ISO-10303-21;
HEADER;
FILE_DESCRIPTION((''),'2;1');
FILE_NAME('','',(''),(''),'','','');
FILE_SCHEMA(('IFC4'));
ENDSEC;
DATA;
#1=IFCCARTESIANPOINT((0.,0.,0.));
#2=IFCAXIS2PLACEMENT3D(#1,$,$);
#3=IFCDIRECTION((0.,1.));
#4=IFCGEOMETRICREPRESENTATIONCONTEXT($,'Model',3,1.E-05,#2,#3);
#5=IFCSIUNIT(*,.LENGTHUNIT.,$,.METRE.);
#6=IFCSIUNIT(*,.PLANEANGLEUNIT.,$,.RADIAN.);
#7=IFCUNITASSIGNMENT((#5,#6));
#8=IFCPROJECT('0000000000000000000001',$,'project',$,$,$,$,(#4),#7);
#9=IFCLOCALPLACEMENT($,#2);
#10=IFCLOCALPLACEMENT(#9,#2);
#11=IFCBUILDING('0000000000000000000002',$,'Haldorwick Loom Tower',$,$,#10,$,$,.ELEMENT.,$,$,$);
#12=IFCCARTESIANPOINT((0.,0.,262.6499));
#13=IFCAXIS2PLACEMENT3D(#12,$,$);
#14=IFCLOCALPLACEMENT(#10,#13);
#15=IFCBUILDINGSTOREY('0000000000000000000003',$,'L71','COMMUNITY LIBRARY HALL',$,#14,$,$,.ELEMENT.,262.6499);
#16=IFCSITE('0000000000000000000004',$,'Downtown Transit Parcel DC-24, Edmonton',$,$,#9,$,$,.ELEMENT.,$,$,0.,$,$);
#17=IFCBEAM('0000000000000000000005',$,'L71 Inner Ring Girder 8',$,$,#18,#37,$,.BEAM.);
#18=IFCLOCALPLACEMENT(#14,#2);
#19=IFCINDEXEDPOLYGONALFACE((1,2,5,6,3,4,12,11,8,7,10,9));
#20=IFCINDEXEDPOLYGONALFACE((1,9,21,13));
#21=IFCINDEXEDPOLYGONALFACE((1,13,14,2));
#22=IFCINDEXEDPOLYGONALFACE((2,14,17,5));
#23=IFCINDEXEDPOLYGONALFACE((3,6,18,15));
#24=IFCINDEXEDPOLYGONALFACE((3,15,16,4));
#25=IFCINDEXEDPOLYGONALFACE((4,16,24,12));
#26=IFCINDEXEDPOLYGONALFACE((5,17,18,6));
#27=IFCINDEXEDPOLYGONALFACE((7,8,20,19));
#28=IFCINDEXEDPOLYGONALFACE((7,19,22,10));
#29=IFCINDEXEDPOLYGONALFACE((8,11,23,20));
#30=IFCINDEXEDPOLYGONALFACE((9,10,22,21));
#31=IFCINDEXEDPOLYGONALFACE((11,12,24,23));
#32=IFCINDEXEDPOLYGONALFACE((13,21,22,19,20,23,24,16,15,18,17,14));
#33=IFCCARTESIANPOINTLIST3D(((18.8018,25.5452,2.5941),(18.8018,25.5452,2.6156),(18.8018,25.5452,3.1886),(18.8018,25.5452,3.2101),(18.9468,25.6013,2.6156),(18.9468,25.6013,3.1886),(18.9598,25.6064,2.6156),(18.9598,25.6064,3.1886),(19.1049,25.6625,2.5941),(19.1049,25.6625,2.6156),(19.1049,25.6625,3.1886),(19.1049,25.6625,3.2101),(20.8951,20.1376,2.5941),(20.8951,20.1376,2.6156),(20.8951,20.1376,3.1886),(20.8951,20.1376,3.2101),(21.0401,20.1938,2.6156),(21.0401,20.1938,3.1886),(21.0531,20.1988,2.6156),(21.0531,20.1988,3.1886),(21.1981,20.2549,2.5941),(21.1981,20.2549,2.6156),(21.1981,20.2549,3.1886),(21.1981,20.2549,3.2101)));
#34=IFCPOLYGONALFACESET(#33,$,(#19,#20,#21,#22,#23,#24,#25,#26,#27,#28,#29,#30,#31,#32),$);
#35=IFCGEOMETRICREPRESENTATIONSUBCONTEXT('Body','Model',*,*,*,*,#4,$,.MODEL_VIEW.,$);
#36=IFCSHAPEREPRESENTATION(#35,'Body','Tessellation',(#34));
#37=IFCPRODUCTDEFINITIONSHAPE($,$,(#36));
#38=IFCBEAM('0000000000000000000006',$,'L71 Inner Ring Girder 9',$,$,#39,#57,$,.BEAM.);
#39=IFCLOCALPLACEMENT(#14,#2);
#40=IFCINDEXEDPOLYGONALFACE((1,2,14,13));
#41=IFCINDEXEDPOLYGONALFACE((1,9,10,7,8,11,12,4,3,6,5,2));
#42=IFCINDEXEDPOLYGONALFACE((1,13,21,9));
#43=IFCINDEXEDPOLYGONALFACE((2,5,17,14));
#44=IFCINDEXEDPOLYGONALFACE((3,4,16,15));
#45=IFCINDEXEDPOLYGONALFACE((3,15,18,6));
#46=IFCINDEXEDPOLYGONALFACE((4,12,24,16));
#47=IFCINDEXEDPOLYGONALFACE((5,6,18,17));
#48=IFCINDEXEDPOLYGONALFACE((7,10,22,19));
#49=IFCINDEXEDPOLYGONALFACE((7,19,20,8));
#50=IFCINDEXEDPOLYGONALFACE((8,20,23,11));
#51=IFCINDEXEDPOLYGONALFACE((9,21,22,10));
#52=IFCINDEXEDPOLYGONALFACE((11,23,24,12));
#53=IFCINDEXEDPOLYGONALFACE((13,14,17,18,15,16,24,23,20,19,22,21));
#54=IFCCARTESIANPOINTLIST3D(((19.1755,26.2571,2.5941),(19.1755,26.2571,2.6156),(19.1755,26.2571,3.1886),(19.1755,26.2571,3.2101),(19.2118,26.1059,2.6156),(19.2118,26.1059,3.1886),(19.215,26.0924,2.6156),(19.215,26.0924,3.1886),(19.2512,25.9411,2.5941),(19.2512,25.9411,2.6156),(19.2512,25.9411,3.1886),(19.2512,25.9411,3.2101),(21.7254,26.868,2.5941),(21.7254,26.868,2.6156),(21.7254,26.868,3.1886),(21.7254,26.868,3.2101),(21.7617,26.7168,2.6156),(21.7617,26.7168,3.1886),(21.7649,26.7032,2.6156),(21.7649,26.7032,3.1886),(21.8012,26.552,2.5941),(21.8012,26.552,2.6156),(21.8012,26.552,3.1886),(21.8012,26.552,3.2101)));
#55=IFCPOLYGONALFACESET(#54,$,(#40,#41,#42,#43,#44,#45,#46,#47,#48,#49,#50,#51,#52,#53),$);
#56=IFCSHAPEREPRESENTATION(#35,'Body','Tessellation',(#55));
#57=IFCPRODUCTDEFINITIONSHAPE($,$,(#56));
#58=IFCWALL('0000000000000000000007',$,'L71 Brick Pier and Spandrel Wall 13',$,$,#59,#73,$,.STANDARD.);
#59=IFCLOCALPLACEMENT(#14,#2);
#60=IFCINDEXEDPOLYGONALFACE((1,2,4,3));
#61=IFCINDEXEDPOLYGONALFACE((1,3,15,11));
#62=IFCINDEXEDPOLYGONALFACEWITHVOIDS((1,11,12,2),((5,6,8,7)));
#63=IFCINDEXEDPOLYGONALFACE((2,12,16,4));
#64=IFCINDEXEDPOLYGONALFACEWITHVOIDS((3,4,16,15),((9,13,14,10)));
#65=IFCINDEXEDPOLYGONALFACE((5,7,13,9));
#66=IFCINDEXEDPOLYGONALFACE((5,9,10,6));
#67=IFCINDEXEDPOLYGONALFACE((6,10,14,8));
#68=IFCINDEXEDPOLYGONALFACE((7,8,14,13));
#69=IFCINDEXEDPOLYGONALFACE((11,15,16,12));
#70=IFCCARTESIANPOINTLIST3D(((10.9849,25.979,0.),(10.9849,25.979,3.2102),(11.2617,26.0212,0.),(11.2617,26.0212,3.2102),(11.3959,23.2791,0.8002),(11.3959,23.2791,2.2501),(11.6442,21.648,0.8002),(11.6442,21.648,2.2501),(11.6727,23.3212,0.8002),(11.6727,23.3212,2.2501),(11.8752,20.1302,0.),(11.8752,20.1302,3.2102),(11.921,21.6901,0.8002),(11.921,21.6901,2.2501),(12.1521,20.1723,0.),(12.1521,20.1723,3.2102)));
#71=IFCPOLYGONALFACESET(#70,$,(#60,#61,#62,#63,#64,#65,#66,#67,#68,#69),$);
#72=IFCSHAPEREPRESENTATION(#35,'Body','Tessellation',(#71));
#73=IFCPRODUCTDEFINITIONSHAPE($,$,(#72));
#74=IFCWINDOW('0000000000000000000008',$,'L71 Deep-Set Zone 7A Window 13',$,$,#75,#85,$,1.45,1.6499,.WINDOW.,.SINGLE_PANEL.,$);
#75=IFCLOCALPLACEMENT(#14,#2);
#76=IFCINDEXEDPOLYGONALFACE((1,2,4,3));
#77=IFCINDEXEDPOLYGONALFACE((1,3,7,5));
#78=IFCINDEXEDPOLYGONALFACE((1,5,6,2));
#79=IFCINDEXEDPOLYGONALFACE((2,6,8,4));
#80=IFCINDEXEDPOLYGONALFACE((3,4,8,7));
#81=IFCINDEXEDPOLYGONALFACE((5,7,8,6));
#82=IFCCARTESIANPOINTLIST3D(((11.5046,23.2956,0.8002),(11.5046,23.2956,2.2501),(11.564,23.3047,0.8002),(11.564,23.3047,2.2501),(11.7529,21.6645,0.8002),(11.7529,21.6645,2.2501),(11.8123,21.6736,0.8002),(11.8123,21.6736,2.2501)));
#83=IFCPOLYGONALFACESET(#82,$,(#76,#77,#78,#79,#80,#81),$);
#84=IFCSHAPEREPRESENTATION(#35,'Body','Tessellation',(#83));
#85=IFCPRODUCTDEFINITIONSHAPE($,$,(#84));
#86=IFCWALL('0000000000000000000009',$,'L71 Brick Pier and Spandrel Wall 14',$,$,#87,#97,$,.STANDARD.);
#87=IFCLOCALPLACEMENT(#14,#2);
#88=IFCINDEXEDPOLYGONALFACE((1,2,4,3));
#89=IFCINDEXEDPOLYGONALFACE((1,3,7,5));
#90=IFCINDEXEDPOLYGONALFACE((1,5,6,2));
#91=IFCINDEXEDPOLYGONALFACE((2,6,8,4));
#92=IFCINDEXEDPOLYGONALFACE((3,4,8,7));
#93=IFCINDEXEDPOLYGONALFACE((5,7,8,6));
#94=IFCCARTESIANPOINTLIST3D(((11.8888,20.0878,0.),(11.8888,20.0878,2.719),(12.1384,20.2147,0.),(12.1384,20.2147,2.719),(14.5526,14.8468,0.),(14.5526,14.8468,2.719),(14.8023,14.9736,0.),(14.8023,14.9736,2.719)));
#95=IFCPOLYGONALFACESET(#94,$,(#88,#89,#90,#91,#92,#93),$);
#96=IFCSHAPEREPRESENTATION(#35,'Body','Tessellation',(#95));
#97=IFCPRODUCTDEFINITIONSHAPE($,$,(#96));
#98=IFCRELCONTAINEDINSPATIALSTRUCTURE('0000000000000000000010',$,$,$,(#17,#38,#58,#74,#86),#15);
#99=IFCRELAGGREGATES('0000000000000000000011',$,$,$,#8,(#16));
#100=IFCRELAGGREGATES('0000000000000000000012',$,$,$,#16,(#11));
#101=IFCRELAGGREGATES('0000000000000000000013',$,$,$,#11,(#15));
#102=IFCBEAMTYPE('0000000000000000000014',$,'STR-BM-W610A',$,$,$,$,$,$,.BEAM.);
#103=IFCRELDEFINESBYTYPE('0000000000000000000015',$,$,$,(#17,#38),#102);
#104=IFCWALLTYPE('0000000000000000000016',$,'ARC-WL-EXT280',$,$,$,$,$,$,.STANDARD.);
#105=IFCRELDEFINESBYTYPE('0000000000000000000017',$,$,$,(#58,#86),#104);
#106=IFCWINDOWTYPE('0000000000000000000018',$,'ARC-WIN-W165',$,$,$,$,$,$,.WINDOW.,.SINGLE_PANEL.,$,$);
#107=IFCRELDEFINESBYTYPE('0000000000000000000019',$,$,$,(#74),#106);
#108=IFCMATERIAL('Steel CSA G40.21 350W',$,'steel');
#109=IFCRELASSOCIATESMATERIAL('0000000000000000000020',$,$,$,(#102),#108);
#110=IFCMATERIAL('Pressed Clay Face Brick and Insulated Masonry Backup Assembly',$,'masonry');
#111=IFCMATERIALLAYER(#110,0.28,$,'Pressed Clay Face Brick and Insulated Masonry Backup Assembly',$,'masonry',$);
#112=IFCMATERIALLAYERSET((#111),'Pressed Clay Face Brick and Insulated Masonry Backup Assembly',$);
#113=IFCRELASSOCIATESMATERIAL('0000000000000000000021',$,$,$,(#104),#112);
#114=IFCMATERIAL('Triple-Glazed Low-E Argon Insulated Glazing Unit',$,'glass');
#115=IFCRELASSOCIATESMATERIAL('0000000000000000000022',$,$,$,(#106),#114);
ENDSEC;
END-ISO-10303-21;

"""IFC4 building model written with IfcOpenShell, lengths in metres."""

from ifc_helpers import new_model, si_unit, direction, frame, frame_2d, origin, origin_2d, place, context, subcontext, project, spatial, rectangle, i_section, extrude, material, layer, layer_set, material_profile, profile_set, type_object, element, fill, save


model = new_model("IFC4")

# Units and contexts
model_context = context("Model", 3, precision=1e-05, world=origin(), true_north=direction((0.0, 1.0)))
body_context = subcontext(model_context, "Body", "Model", "MODEL_VIEW")
ifc_project = project(units=[si_unit("LENGTHUNIT", "METRE"), si_unit("PLANEANGLEUNIT", "RADIAN")], contexts=[model_context])

# Site, building, storey
site_placement = place(None, origin())
site = spatial("IfcSite", under=ifc_project, at=site_placement, Name="Downtown Transit Parcel DC-24, Edmonton", CompositionType="ELEMENT", RefElevation=0.0)
building_placement = place(site_placement, origin())
building = spatial("IfcBuilding", under=site, at=building_placement, Name="Haldorwick Loom Tower", CompositionType="ELEMENT")
storey_placement = place(building_placement, frame((0.0, 0.0, 262.6499)))
storey = spatial("IfcBuildingStorey", under=building, at=storey_placement, Name="L71", Description="COMMUNITY LIBRARY HALL", CompositionType="ELEMENT", Elevation=262.6499)

# Beams
ifc_material_1 = material(Name="Steel CSA G40.21 350W", Category="steel")
ifc_material_profile_1 = material_profile(ifc_material_1, i_section(OverallWidth=0.325, OverallDepth=0.616, WebThickness=0.0139, FlangeThickness=0.0215, at=origin_2d()), Name="W610X174", Category="steel")
ifc_profile_set_1 = profile_set([ifc_material_profile_1], Name="Steel CSA G40.21 350W")
beam_type_1 = type_object("IfcBeamType", Name="STR-BM-W610A", PredefinedType="BEAM", material=ifc_profile_set_1)
beam_1_placement = place(storey_placement, frame((21.0466, 20.1963, 2.9021), z_axis=(-0.361001, 0.932565, 0.0), x_axis=(-0.932565, -0.361001, 0.0)))
element("IfcBeam", 1, at=beam_1_placement, inside=storey, type_object=beam_type_1, Name="L71 Inner Ring Girder 8", PredefinedType="BEAM", context=body_context, shape_type="SweptSolid", body=[
    extrude(i_section(OverallWidth=0.325, OverallDepth=0.616, WebThickness=0.0139, FlangeThickness=0.0215, at=origin_2d()), origin(), (0.0, 0.0, 1.0), 5.7986),
])
beam_2_placement = place(storey_placement, frame((19.2134, 26.0991, 2.9021), z_axis=(0.972484, 0.232971, 0.0), x_axis=(-0.232971, 0.972484, 0.0)))
element("IfcBeam", 2, at=beam_2_placement, inside=storey, type_object=beam_type_1, Name="L71 Inner Ring Girder 9", PredefinedType="BEAM", context=body_context, shape_type="SweptSolid", body=[
    extrude(i_section(OverallWidth=0.325, OverallDepth=0.616, WebThickness=0.0139, FlangeThickness=0.0215, at=origin_2d()), origin(), (0.0, 0.0, 1.0), 2.6221),
])

# Wall, opening, window
ifc_material_2 = material(Name="Pressed Clay Face Brick and Insulated Masonry Backup Assembly", Category="masonry")
ifc_layer_1 = layer(ifc_material_2, 0.28, Name="Pressed Clay Face Brick and Insulated Masonry Backup Assembly", Category="masonry")
ifc_layer_set_1 = layer_set([ifc_layer_1], Name="Pressed Clay Face Brick and Insulated Masonry Backup Assembly")
wall_type_1 = type_object("IfcWallType", Name="ARC-WL-EXT280", PredefinedType="STANDARD", material=ifc_layer_set_1)
wall_1_placement = place(storey_placement, frame((11.1233, 26.0, 0.0), z_axis=(0.0, 0.0, 1.0), x_axis=(0.150497, -0.98861, 0.0)))
wall_1 = element("IfcWall", 3, at=wall_1_placement, inside=storey, type_object=wall_type_1, Name="L71 Brick Pier and Spandrel Wall 13", PredefinedType="STANDARD", context=body_context, shape_type="SweptSolid", body=[
    extrude(rectangle(XDim=5.9163, YDim=0.28, at=frame_2d((2.958, 0.0))), origin(), (0.0, 0.0, 1.0), 3.2102),
])
opening_1_placement = place(wall_1_placement, frame((2.731, 0.0, 0.8)))
opening_1 = element("IfcOpeningElement", 4, at=opening_1_placement, cuts=wall_1, PredefinedType="OPENING", context=body_context, shape_type="SweptSolid", body=[
    extrude(rectangle(XDim=1.6499, YDim=1.45, at=frame_2d((0.825, 0.7251))), frame((0.0, 0.1499, 0.0), z_axis=(0.0, -1.0, 0.0), x_axis=(1.0, 0.0, 0.0)), (0.0, 0.0, 1.0), 0.3),
])
ifc_material_3 = material(Name="Triple-Glazed Low-E Argon Insulated Glazing Unit", Category="glass")
window_type = type_object("IfcWindowType", Name="ARC-WIN-W165", PartitioningType="SINGLE_PANEL", PredefinedType="WINDOW", material=ifc_material_3)
window_placement = place(opening_1_placement, origin())
window = element("IfcWindow", 5, at=window_placement, inside=storey, type_object=window_type, Name="L71 Deep-Set Zone 7A Window 13", OverallHeight=1.45, OverallWidth=1.6499, PartitioningType="SINGLE_PANEL", PredefinedType="WINDOW", context=body_context, shape_type="SweptSolid", body=[
    extrude(rectangle(XDim=1.6499, YDim=1.45, at=frame_2d((0.825, 0.7251))), frame((0.0, 0.03, 0.0), z_axis=(0.0, -1.0, 0.0), x_axis=(1.0, 0.0, 0.0)), (0.0, 0.0, 1.0), 0.0601),
])
fill(opening_1, window)

# Wall
wall_2_placement = place(storey_placement, frame((12.0137, 20.1511, 0.0), z_axis=(0.0, 0.0, 1.0), x_axis=(0.453101, -0.891459, 0.0)))
element("IfcWall", 6, at=wall_2_placement, inside=storey, type_object=wall_type_1, Name="L71 Brick Pier and Spandrel Wall 14", PredefinedType="STANDARD", context=body_context, shape_type="SweptSolid", body=[
    extrude(rectangle(XDim=5.8792, YDim=0.28, at=frame_2d((2.9395, 0.0))), origin(), (0.0, 0.0, 1.0), 2.719),
])

save(model, "model.ifc")
